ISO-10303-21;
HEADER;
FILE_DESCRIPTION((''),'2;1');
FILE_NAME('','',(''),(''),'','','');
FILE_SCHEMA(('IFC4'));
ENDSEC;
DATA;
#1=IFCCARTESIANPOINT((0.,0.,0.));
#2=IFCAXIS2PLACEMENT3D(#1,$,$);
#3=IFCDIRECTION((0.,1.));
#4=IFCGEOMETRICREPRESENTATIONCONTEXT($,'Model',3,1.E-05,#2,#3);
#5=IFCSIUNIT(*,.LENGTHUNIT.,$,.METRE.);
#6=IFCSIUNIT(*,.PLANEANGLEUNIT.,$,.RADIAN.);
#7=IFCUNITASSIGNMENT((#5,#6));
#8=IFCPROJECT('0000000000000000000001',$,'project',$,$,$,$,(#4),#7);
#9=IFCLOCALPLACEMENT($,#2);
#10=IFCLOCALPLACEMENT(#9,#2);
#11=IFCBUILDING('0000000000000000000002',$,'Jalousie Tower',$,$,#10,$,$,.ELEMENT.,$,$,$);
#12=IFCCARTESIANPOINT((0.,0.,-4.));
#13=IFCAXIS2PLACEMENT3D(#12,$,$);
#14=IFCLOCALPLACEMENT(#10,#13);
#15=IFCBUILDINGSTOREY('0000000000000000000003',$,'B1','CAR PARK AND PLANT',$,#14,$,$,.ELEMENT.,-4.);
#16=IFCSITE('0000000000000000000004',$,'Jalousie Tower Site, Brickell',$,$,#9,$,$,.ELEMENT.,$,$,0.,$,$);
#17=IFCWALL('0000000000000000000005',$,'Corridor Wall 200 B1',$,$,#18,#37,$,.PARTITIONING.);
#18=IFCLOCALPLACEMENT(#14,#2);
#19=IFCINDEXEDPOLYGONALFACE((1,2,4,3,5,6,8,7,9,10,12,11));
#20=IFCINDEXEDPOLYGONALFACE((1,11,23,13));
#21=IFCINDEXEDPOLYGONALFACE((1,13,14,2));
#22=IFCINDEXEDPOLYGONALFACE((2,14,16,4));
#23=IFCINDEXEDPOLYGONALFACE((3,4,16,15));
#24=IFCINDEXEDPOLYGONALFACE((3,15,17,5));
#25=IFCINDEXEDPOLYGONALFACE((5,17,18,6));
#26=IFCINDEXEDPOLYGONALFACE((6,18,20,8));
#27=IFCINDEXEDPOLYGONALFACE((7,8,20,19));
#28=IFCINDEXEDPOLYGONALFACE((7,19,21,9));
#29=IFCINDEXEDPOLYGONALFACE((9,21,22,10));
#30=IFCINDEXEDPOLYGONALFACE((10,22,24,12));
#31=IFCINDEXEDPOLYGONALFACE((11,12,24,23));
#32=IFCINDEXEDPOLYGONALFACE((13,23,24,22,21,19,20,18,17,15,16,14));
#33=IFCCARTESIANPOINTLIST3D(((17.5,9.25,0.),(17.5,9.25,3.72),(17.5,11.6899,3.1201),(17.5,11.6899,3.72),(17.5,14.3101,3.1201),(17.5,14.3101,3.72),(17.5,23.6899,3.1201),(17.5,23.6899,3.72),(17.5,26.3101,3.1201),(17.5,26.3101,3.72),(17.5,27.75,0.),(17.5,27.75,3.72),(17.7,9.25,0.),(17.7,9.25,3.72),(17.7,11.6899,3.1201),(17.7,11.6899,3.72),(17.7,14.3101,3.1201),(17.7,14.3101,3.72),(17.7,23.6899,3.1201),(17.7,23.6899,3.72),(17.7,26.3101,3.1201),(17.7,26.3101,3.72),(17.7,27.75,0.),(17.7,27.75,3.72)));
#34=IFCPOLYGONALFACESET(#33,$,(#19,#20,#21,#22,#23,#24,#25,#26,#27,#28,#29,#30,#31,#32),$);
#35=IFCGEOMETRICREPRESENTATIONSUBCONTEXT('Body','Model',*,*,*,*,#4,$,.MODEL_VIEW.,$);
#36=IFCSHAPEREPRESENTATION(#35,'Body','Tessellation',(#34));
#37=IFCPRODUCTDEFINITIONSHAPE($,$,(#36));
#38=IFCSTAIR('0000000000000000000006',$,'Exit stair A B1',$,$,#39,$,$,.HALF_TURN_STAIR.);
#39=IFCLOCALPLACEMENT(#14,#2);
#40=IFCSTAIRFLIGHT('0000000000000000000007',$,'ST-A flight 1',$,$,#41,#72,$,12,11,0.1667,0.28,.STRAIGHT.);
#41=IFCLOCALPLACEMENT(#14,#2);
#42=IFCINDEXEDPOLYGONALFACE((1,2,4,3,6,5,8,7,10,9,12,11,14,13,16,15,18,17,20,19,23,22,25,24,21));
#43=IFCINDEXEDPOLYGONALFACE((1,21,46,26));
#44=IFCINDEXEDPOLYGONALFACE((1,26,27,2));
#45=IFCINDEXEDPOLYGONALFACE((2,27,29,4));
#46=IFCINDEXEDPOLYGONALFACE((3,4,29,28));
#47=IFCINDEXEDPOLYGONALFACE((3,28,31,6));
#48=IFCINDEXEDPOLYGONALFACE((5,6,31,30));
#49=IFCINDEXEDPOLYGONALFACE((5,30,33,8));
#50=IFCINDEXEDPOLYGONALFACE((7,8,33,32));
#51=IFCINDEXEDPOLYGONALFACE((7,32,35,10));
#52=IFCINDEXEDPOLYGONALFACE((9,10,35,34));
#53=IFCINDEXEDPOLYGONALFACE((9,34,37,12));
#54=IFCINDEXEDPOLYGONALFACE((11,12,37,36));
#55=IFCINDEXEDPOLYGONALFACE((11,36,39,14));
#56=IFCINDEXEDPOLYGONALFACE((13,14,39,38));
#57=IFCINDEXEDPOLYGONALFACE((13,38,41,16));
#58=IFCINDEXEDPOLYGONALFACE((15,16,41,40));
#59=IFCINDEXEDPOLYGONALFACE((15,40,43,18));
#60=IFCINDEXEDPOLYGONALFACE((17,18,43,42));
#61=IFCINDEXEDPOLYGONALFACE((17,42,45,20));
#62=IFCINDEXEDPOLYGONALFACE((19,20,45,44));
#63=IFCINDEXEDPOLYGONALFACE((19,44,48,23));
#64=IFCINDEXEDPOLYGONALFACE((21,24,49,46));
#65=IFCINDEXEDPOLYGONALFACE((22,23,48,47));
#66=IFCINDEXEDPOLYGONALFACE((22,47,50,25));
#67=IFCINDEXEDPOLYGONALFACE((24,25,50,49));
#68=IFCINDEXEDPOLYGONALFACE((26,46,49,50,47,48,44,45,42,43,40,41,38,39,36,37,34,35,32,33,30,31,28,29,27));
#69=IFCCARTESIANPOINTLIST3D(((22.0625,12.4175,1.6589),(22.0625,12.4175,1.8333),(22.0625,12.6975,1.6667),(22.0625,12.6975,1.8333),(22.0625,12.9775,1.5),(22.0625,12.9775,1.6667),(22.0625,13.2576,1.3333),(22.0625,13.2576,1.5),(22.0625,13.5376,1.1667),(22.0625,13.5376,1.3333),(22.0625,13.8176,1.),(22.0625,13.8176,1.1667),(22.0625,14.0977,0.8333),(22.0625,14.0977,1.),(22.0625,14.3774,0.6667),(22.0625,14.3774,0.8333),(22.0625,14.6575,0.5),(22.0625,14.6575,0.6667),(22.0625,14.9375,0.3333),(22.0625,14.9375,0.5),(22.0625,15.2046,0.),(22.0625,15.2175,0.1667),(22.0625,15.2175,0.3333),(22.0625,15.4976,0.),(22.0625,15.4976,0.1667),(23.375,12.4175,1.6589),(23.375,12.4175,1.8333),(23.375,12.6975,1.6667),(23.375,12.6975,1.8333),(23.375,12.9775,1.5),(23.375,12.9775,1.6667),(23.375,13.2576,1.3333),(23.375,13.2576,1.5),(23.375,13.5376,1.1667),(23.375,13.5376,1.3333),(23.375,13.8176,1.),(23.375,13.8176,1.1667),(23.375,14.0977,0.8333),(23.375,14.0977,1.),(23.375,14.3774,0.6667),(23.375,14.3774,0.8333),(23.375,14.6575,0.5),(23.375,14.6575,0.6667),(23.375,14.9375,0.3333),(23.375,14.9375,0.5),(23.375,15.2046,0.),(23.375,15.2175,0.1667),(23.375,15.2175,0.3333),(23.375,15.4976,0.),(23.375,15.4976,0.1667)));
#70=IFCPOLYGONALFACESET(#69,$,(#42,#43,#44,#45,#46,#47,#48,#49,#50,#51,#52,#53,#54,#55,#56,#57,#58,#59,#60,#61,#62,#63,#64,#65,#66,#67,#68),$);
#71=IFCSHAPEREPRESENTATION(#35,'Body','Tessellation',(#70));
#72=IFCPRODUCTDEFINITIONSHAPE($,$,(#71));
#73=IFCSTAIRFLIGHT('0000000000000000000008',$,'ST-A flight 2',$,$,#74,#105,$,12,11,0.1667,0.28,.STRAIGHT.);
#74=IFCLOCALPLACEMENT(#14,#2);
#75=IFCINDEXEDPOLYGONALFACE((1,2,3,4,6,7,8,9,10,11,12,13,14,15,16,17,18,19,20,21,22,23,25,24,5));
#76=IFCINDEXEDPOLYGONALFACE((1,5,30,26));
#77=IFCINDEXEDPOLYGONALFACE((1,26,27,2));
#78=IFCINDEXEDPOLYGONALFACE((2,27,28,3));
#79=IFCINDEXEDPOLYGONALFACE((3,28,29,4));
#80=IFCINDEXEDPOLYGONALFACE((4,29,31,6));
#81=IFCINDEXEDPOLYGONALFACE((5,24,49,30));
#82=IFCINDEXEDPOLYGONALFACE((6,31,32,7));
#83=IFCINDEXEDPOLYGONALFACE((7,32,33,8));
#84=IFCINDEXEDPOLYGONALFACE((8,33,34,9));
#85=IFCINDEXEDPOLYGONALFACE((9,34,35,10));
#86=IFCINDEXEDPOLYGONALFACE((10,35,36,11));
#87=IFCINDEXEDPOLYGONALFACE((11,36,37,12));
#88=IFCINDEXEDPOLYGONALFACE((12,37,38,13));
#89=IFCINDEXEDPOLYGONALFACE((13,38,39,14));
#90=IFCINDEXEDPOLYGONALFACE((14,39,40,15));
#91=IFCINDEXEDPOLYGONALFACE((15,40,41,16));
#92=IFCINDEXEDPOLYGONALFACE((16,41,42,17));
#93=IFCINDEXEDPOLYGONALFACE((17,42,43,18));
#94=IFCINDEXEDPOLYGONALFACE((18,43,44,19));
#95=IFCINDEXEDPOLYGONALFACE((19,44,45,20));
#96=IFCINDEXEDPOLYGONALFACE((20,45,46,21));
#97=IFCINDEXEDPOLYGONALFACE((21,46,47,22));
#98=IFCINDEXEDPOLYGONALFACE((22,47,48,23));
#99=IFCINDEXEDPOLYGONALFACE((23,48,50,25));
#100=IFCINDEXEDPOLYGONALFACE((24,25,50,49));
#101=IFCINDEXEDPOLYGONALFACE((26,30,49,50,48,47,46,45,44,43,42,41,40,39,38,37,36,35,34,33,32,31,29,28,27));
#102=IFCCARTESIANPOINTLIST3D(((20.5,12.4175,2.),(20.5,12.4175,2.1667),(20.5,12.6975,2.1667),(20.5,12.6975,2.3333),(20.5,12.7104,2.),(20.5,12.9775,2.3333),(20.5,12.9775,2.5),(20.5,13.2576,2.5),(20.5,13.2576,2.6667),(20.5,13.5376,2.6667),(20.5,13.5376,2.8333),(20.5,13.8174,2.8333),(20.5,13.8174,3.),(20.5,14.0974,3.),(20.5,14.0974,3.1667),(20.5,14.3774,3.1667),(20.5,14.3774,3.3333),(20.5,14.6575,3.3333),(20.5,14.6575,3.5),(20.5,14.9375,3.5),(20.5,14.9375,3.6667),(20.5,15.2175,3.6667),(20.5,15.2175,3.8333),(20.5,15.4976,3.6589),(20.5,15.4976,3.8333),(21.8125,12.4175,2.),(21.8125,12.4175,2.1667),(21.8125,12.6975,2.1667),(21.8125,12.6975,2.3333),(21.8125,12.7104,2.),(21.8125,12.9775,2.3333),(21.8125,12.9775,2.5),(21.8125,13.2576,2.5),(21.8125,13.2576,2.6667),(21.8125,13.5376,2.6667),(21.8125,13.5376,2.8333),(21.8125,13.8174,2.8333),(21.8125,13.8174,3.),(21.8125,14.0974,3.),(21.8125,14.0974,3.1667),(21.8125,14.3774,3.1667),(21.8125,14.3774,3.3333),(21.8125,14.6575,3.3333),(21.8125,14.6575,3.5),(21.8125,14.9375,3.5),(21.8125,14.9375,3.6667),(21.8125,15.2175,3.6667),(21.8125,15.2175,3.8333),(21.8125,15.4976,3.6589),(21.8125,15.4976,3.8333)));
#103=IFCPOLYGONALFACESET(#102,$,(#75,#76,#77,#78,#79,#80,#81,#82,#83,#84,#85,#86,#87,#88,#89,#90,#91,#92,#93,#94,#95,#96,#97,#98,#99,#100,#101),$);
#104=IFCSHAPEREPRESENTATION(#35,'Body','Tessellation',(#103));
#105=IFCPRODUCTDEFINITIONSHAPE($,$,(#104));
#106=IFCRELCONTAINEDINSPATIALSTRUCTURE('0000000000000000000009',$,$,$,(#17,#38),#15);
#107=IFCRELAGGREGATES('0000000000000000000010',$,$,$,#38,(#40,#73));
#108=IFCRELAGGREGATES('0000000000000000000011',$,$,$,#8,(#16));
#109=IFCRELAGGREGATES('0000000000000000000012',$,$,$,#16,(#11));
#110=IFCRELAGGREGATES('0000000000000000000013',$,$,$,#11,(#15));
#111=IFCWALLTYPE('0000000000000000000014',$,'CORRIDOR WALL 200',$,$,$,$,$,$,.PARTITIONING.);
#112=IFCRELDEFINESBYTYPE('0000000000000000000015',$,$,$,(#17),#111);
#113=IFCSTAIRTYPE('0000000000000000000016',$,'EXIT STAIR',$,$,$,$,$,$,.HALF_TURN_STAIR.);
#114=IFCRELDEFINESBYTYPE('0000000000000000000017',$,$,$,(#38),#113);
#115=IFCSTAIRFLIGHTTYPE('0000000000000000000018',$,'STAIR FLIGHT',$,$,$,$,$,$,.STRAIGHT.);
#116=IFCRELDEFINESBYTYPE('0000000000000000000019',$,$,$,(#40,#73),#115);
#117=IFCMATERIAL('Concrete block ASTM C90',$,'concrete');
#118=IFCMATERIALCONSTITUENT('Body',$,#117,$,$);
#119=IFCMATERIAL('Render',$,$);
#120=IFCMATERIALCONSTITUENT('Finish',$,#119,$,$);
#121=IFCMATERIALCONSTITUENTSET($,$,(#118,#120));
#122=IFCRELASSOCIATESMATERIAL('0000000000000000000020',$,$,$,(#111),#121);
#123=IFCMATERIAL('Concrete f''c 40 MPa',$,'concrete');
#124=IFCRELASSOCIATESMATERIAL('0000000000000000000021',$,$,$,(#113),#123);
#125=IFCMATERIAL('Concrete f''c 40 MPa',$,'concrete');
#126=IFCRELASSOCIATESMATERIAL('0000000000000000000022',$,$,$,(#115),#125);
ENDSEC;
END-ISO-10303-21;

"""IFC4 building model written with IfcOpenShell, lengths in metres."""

from ifc_helpers import new_model, si_unit, direction, frame, origin, place, context, subcontext, project, spatial, polyline, outline, extrude, material, constituent, constituent_set, type_object, element, aggregate, save


model = new_model("IFC4")

# Units and contexts
model_context = context("Model", 3, precision=1e-05, world=origin(), true_north=direction((0.0, 1.0)))
body_context = subcontext(model_context, "Body", "Model", "MODEL_VIEW")
ifc_project = project(units=[si_unit("LENGTHUNIT", "METRE"), si_unit("PLANEANGLEUNIT", "RADIAN")], contexts=[model_context])

# Site, building, storey
site_placement = place(None, origin())
site = spatial("IfcSite", under=ifc_project, at=site_placement, Name="Jalousie Tower Site, Brickell", CompositionType="ELEMENT", RefElevation=0.0)
building_placement = place(site_placement, origin())
building = spatial("IfcBuilding", under=site, at=building_placement, Name="Jalousie Tower", CompositionType="ELEMENT")
storey_placement = place(building_placement, frame((0.0, 0.0, -4.0)))
storey = spatial("IfcBuildingStorey", under=building, at=storey_placement, Name="B1", Description="CAR PARK AND PLANT", CompositionType="ELEMENT", Elevation=-4.0)

# Shared definitions
ifc_material_1 = material(Name="Concrete block ASTM C90", Category="concrete")
ifc_constituent_1 = constituent(ifc_material_1, Name="Body")
ifc_material_2 = material(Name="Render")
ifc_constituent_2 = constituent(ifc_material_2, Name="Finish")
ifc_constituent_set_1 = constituent_set(constituents=[ifc_constituent_1, ifc_constituent_2])
wall_type_1 = type_object("IfcWallType", Name="CORRIDOR WALL 200", PredefinedType="PARTITIONING", material=ifc_constituent_set_1)

# Wall
wall_1_placement = place(storey_placement, frame((17.6001, 9.25, 0.0), z_axis=(0.0, 0.0, 1.0), x_axis=(0.0, 1.0, 0.0)))
element("IfcWall", 1, at=wall_1_placement, inside=storey, type_object=wall_type_1, Name="Corridor Wall 200 B1", PredefinedType="PARTITIONING", context=body_context, shape_type="SweptSolid", body=[
    extrude(outline(polyline([(0.0, 0.0), (18.5, 0.0), (18.5, 3.72), (17.0601, 3.72), (17.0601, 3.1201), (14.4399, 3.1201), (14.4399, 3.72), (5.0601, 3.72), (5.0601, 3.1201), (2.4399, 3.1201), (2.4399, 3.72), (0.0, 3.72), (0.0, 0.0)])), frame((0.0, 0.1001, 0.0), z_axis=(0.0, -1.0, 0.0), x_axis=(1.0, 0.0, 0.0)), (0.0, 0.0, 1.0), 0.2),
])

# Stair, stair flights
ifc_material_3 = material(Name="Concrete f'c 40 MPa", Category="concrete")
stair_type = type_object("IfcStairType", Name="EXIT STAIR", PredefinedType="HALF_TURN_STAIR", material=ifc_material_3)
stair_placement = place(storey_placement, origin())
stair = element("IfcStair", 2, at=stair_placement, inside=storey, type_object=stair_type, Name="Exit stair A B1", PredefinedType="HALF_TURN_STAIR")
ifc_material_4 = material(Name="Concrete f'c 40 MPa", Category="concrete")
stair_flight_type = type_object("IfcStairFlightType", Name="STAIR FLIGHT", PredefinedType="STRAIGHT", material=ifc_material_4)
stair_flight_1_placement = place(storey_placement, frame((22.7188, 15.4976, 0.0), z_axis=(0.0, 0.0, 1.0), x_axis=(0.0, -1.0, 0.0)))
stair_flight_1 = element("IfcStairFlight", 3, at=stair_flight_1_placement, type_object=stair_flight_type, Name="ST-A flight 1", NumberOfRisers=12, NumberOfTreads=11, PredefinedType="STRAIGHT", RiserHeight=0.1667, TreadLength=0.28, context=body_context, shape_type="SweptSolid", body=[
    extrude(outline(polyline([(0.0, 0.0), (0.0, 0.1667), (0.28, 0.1667), (0.28, 0.3333), (0.5601, 0.3333), (0.5601, 0.5), (0.8401, 0.5), (0.8401, 0.6667), (1.1201, 0.6667), (1.1201, 0.8333), (1.3999, 0.8333), (1.3999, 1.0), (1.6799, 1.0), (1.6799, 1.1667), (1.96, 1.1667), (1.96, 1.3333), (2.24, 1.3333), (2.24, 1.5), (2.52, 1.5), (2.52, 1.6667), (2.8, 1.6667), (2.8, 1.8333), (3.0801, 1.8333), (3.0801, 2.0), (3.0801, 1.6589), (0.293, 0.0), (0.0, 0.0)])), frame((0.0, 0.6562, 0.0), z_axis=(0.0, -1.0, 0.0), x_axis=(1.0, 0.0, 0.0)), (0.0, 0.0, 1.0), 1.3125),
])
stair_flight_2_placement = place(storey_placement, frame((21.1562, 12.4175, 2.0), z_axis=(0.0, 0.0, 1.0), x_axis=(0.0, 1.0, 0.0)))
stair_flight_2 = element("IfcStairFlight", 4, at=stair_flight_2_placement, type_object=stair_flight_type, Name="ST-A flight 2", NumberOfRisers=12, NumberOfTreads=11, PredefinedType="STRAIGHT", RiserHeight=0.1667, TreadLength=0.28, context=body_context, shape_type="SweptSolid", body=[
    extrude(outline(polyline([(0.0, 0.0), (0.0, 0.1667), (0.28, 0.1667), (0.28, 0.3333), (0.5601, 0.3333), (0.5601, 0.5), (0.8401, 0.5), (0.8401, 0.6667), (1.1201, 0.6667), (1.1201, 0.8333), (1.3999, 0.8333), (1.3999, 1.0), (1.6799, 1.0), (1.6799, 1.1667), (1.96, 1.1667), (1.96, 1.3333), (2.24, 1.3333), (2.24, 1.5), (2.52, 1.5), (2.52, 1.6667), (2.8, 1.6667), (2.8, 1.8333), (3.0801, 1.8333), (3.0801, 2.0), (3.0801, 1.6589), (0.293, 0.0), (0.0, 0.0)])), frame((0.0, 0.6562, 0.0), z_axis=(0.0, -1.0, 0.0), x_axis=(1.0, 0.0, 0.0)), (0.0, 0.0, 1.0), 1.3125),
])
aggregate(stair, [stair_flight_1, stair_flight_2])

save(model, "model.ifc")
